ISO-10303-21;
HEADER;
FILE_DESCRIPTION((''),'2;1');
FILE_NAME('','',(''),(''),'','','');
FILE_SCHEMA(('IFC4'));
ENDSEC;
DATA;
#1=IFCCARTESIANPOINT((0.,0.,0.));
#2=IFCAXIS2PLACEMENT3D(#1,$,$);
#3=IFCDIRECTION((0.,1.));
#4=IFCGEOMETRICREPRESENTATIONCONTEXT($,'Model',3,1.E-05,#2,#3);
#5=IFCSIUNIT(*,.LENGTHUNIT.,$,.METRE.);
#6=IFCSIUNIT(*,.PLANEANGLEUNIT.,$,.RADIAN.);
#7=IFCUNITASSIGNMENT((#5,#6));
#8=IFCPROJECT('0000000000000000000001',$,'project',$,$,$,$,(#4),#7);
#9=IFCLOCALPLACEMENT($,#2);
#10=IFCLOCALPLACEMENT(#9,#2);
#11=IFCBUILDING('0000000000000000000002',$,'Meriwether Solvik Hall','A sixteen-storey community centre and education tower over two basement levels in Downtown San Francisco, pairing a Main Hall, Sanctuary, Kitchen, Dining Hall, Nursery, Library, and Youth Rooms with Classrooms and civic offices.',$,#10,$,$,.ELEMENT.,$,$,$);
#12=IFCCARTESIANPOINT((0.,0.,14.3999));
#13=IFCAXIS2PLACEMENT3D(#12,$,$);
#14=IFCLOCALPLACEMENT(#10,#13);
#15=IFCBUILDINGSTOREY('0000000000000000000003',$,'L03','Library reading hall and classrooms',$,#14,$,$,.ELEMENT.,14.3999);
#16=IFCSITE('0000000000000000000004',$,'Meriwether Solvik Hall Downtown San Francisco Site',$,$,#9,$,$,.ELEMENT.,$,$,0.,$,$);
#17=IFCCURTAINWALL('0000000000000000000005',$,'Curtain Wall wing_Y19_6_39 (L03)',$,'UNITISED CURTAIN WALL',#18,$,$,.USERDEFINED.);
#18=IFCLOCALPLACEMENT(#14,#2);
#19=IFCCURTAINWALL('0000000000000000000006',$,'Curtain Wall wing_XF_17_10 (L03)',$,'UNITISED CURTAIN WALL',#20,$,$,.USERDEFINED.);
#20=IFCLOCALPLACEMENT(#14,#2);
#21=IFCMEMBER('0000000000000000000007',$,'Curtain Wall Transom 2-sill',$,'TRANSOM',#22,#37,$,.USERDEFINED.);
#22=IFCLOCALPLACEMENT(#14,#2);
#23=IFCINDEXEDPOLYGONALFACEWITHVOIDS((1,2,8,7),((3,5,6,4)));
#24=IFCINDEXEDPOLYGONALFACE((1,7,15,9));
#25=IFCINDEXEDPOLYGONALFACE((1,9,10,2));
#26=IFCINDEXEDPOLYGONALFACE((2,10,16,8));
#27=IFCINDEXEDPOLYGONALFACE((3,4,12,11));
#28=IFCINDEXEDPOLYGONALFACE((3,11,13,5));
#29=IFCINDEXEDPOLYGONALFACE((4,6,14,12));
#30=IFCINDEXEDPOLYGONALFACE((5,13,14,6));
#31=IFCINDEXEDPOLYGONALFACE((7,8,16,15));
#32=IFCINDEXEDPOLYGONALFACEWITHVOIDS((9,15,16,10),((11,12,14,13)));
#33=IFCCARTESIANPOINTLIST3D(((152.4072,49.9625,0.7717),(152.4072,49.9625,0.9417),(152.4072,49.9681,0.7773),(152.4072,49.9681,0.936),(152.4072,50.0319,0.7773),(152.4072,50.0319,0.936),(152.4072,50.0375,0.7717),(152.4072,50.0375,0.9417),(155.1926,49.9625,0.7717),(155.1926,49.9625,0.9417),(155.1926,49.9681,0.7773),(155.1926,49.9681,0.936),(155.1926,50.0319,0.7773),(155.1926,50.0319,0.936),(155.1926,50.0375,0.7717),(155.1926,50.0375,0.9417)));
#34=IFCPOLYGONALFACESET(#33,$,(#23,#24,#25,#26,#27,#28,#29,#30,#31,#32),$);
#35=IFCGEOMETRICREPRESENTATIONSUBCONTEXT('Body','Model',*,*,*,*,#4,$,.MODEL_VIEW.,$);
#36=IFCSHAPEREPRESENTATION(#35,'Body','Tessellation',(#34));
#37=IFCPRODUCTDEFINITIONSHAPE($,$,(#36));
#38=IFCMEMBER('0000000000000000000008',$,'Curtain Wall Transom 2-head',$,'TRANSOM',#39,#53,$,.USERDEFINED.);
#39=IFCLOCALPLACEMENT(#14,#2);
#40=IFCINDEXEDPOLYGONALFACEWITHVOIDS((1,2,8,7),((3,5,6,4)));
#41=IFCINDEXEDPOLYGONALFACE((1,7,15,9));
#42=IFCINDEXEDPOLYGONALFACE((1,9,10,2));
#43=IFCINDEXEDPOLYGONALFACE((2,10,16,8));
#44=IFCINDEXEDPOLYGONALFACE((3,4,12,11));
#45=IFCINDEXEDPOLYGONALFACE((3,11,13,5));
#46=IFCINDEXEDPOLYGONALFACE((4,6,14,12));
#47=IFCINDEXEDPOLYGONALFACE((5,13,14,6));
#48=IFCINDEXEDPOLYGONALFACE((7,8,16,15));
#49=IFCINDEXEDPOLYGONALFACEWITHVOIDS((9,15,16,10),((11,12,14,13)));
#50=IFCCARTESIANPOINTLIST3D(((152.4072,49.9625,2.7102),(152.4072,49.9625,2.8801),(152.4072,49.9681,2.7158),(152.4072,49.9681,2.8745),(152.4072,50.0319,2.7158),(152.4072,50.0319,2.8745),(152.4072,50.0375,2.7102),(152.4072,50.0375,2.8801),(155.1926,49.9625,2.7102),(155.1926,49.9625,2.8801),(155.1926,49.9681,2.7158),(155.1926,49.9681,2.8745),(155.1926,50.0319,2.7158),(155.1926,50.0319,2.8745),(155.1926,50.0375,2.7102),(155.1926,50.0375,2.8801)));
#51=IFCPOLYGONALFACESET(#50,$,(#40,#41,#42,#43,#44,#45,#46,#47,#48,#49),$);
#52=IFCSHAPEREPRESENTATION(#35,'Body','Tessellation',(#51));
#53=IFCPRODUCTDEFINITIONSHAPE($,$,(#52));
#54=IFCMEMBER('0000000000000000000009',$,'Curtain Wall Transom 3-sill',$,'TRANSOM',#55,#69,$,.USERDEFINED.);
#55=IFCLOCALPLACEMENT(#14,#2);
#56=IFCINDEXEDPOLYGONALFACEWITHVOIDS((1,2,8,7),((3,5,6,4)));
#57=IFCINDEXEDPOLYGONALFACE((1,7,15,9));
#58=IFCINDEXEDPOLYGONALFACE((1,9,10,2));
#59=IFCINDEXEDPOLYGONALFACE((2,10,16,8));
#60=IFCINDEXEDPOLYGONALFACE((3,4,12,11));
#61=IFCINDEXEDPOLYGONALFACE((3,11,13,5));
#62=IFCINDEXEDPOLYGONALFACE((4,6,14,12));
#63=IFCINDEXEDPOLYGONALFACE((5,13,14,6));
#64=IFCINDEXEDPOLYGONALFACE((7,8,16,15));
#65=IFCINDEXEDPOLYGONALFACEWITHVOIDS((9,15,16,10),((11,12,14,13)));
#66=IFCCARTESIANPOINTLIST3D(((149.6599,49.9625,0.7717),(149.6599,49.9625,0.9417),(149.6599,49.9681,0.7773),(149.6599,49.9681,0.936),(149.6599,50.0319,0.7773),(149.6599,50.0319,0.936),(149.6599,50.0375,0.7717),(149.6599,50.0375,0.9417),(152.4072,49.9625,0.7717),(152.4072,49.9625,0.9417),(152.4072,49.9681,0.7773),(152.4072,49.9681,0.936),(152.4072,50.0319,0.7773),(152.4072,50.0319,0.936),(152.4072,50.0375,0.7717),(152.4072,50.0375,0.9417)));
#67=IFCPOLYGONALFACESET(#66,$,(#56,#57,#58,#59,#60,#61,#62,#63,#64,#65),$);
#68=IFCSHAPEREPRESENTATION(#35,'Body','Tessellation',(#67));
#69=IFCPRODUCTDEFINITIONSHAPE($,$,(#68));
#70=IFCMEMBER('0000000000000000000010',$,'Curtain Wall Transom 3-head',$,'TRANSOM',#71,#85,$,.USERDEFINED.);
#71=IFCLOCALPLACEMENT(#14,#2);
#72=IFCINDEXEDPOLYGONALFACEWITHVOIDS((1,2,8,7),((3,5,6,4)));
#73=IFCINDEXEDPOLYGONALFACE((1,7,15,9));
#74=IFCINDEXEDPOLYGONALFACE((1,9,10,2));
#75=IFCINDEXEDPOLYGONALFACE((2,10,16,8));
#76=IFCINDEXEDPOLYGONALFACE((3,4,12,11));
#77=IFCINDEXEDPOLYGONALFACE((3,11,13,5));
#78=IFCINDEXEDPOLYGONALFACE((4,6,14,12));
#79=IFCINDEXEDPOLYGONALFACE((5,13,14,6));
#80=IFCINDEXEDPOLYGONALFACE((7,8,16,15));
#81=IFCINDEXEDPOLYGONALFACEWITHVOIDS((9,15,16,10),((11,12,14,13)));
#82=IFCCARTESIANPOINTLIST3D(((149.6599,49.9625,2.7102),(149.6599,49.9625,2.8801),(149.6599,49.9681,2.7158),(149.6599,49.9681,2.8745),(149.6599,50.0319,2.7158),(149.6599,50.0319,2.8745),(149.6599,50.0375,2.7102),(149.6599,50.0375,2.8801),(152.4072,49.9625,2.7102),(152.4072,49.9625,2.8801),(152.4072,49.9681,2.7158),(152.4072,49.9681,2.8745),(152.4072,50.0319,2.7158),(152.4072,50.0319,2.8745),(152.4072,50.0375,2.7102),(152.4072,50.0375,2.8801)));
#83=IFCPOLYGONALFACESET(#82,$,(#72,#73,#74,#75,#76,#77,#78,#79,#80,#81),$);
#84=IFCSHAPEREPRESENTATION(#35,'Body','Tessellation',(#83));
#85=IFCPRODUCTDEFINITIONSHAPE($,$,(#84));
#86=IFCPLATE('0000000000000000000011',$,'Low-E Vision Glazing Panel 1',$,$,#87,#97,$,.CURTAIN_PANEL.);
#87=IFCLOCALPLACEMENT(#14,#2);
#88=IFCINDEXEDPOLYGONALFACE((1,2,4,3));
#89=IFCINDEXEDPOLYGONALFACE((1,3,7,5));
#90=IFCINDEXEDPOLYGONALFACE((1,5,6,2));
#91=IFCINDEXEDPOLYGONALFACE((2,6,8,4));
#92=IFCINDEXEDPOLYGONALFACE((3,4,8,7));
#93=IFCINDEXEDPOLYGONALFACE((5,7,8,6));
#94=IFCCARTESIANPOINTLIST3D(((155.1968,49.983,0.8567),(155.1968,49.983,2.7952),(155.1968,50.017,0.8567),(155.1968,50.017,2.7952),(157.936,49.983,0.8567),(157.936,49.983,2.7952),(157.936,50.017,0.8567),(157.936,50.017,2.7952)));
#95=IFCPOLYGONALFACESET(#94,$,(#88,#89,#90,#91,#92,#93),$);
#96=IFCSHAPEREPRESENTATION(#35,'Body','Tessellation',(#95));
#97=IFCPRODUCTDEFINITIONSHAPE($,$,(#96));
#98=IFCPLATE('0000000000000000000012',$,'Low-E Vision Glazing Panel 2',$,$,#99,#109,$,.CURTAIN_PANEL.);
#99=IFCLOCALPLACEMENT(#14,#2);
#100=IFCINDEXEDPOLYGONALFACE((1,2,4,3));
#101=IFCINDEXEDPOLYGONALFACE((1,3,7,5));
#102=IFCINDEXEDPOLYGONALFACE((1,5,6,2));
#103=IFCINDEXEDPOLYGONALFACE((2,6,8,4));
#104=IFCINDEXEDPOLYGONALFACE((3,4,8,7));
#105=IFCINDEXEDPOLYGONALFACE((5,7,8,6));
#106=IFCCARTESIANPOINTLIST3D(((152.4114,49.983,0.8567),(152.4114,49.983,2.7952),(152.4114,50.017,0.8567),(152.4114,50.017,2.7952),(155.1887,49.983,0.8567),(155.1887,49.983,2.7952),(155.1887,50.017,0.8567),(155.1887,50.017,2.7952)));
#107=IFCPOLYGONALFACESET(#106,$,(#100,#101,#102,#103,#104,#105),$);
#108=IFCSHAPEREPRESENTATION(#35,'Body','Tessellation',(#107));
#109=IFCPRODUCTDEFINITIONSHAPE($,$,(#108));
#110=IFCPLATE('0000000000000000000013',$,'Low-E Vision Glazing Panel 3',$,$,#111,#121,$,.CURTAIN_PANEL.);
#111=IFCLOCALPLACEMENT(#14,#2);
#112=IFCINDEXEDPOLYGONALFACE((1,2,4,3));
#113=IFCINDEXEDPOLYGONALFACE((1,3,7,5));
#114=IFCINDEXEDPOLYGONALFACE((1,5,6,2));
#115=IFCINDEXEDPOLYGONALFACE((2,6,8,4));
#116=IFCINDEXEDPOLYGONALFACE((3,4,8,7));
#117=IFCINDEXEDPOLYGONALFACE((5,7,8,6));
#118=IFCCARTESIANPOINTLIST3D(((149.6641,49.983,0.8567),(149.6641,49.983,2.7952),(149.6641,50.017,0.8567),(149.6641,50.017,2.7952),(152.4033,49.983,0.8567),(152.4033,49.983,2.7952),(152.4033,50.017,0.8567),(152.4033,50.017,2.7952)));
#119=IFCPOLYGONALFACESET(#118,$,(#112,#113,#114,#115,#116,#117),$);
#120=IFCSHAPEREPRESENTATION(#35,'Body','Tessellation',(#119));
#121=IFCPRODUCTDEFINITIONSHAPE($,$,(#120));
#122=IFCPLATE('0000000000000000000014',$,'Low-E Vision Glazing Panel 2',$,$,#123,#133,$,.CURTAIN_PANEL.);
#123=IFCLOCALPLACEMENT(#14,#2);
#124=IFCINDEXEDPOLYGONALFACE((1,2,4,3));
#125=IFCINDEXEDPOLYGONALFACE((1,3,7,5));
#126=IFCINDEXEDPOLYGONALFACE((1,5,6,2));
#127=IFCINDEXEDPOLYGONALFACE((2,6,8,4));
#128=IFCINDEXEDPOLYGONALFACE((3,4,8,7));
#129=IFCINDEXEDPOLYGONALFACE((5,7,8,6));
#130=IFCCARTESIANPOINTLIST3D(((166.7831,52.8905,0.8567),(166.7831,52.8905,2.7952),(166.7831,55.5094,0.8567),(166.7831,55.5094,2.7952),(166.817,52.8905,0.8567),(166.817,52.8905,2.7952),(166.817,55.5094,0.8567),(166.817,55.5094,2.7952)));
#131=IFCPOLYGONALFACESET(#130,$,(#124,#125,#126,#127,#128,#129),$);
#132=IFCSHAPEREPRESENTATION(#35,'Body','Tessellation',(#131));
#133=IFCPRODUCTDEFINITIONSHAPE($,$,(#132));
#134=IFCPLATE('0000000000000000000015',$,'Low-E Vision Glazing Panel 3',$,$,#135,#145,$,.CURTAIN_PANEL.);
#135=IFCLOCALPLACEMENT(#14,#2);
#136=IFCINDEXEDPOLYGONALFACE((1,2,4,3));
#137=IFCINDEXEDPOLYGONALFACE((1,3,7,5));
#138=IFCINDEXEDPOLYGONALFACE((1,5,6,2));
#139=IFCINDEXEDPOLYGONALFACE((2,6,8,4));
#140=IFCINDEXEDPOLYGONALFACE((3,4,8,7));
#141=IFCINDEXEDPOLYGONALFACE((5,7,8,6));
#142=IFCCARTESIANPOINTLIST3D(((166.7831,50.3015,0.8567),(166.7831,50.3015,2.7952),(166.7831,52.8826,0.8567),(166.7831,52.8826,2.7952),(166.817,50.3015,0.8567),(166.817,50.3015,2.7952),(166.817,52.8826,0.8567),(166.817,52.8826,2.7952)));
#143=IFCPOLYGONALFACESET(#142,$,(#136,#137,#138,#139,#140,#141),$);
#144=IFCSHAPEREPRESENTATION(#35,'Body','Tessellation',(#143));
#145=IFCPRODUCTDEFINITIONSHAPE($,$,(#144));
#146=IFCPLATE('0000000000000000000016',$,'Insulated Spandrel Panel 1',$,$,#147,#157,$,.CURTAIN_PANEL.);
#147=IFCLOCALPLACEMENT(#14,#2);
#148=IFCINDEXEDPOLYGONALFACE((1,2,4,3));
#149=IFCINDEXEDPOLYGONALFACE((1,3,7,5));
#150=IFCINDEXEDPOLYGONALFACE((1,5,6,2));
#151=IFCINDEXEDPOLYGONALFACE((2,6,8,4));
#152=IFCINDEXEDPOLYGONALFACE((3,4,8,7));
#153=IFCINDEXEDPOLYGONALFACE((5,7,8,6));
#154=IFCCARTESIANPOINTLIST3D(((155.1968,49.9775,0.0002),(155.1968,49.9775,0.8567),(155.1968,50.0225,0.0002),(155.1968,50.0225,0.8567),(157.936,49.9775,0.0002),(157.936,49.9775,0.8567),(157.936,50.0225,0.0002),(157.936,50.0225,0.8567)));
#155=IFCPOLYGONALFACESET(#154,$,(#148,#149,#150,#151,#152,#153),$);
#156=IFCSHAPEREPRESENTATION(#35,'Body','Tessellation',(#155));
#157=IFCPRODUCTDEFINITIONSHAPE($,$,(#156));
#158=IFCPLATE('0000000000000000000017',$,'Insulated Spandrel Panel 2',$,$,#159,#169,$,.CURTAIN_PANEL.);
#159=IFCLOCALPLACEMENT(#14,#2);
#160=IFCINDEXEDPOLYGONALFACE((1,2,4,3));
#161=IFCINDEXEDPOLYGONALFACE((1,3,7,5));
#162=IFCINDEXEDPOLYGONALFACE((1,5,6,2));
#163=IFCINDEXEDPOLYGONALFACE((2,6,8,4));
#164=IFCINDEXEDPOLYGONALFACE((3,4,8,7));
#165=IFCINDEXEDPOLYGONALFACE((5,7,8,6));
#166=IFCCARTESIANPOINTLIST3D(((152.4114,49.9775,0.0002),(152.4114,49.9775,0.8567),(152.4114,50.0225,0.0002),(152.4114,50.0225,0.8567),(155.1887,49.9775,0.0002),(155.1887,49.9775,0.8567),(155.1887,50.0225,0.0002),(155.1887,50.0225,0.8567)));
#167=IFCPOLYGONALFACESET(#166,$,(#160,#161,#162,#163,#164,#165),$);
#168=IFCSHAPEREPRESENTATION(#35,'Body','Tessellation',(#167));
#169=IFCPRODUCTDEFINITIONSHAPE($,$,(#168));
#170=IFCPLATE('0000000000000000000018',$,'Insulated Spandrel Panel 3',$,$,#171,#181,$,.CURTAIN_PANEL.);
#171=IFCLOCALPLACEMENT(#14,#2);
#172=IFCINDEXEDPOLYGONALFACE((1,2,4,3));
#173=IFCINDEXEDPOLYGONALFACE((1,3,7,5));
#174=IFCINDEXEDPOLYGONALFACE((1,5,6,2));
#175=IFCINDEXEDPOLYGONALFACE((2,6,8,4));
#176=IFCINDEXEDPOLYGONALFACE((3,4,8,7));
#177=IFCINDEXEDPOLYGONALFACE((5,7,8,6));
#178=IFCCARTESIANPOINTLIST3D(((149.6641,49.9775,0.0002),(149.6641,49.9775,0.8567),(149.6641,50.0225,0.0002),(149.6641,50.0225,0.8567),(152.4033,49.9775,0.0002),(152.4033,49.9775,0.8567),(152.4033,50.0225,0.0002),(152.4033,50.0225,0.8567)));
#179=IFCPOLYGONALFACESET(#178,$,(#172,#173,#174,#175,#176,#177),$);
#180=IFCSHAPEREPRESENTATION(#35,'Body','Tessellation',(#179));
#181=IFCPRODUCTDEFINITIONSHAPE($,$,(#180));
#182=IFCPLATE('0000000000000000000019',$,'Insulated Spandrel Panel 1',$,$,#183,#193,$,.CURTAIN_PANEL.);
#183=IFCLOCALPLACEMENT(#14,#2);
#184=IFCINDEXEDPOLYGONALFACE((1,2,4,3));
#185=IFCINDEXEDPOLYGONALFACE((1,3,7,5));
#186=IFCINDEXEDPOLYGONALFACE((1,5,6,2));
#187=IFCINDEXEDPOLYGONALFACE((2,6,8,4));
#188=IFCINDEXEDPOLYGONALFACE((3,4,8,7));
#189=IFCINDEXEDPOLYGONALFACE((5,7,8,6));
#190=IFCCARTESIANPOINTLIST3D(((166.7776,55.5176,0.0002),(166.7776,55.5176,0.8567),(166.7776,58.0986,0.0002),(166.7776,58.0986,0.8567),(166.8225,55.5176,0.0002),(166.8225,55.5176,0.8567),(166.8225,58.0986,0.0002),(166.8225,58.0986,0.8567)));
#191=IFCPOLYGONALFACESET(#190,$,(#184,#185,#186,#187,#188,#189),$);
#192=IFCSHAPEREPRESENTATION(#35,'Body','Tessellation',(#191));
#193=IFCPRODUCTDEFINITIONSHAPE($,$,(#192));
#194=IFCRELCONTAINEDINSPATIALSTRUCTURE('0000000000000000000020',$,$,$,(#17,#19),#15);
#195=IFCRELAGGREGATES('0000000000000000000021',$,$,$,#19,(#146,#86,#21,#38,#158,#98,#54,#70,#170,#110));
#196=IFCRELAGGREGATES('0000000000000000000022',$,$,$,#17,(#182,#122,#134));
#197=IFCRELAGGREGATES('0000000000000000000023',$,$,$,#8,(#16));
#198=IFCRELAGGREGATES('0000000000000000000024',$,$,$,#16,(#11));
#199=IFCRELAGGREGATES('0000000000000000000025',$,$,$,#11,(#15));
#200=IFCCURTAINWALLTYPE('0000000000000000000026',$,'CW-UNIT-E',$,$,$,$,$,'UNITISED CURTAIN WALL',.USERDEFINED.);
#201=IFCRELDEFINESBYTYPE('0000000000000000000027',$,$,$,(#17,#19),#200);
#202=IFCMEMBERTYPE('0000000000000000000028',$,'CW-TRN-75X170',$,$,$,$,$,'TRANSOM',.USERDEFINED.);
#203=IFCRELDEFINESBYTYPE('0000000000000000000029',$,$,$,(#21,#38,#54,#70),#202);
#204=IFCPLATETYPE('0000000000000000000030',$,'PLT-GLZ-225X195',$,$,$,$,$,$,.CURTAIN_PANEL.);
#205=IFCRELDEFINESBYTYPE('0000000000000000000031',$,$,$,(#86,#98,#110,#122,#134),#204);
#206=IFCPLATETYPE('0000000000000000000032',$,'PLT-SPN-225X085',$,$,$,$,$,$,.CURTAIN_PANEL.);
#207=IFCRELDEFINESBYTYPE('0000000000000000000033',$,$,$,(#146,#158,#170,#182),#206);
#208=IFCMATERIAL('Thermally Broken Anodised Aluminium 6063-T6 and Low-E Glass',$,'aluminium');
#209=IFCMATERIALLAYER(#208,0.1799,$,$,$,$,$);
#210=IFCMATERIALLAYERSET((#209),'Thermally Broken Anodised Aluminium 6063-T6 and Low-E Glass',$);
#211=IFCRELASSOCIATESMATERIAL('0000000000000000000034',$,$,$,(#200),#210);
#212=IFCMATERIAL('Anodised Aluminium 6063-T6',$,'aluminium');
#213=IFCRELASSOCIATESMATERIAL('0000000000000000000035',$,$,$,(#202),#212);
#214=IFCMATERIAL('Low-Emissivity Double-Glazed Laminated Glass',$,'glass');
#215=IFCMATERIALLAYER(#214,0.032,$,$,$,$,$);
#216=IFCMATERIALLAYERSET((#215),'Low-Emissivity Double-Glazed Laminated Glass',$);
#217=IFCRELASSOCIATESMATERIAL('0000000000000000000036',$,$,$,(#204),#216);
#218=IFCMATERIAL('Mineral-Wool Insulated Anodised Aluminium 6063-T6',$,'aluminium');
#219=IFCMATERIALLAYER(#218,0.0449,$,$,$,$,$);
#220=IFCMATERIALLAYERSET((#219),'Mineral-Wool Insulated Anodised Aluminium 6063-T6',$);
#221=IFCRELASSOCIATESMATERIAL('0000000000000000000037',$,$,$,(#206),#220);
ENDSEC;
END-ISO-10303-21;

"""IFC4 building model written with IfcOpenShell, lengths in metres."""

from ifc_helpers import new_model, si_unit, direction, frame, origin, origin_2d, place, context, subcontext, project, spatial, rectangle, hollow_rectangle, extrude, material, layer, layer_set, material_profile, profile_set, type_object, element, aggregate, save


model = new_model("IFC4")

# Units and contexts
model_context = context("Model", 3, precision=1e-05, world=origin(), true_north=direction((0.0, 1.0)))
body_context = subcontext(model_context, "Body", "Model", "MODEL_VIEW")
ifc_project = project(units=[si_unit("LENGTHUNIT", "METRE"), si_unit("PLANEANGLEUNIT", "RADIAN")], contexts=[model_context])

# Site, building, storey
site_placement = place(None, origin())
site = spatial("IfcSite", under=ifc_project, at=site_placement, Name="Meriwether Solvik Hall Downtown San Francisco Site", CompositionType="ELEMENT", RefElevation=0.0)
building_placement = place(site_placement, origin())
building = spatial("IfcBuilding", under=site, at=building_placement, Name="Meriwether Solvik Hall", Description="A sixteen-storey community centre and education tower over two basement levels in Downtown San Francisco, pairing a Main Hall, Sanctuary, Kitchen, Dining Hall, Nursery, Library, and Youth Rooms with Classrooms and civic offices.", CompositionType="ELEMENT")
storey_placement = place(building_placement, frame((0.0, 0.0, 14.3999)))
storey = spatial("IfcBuildingStorey", under=building, at=storey_placement, Name="L03", Description="Library reading hall and classrooms", CompositionType="ELEMENT", Elevation=14.3999)

# Curtain walls
ifc_material_1 = material(Name="Thermally Broken Anodised Aluminium 6063-T6 and Low-E Glass", Category="aluminium")
ifc_layer_1 = layer(ifc_material_1, 0.1799)
ifc_layer_set_1 = layer_set([ifc_layer_1], Name="Thermally Broken Anodised Aluminium 6063-T6 and Low-E Glass")
curtain_wall_type = type_object("IfcCurtainWallType", Name="CW-UNIT-E", ElementType="UNITISED CURTAIN WALL", PredefinedType="USERDEFINED", material=ifc_layer_set_1)
curtain_wall_1_placement = place(storey_placement, origin())
curtain_wall_1 = element("IfcCurtainWall", 1, at=curtain_wall_1_placement, inside=storey, type_object=curtain_wall_type, Name="Curtain Wall wing_Y19_6_39 (L03)", ObjectType="UNITISED CURTAIN WALL", PredefinedType="USERDEFINED")
curtain_wall_2_placement = place(storey_placement, origin())
curtain_wall_2 = element("IfcCurtainWall", 2, at=curtain_wall_2_placement, inside=storey, type_object=curtain_wall_type, Name="Curtain Wall wing_XF_17_10 (L03)", ObjectType="UNITISED CURTAIN WALL", PredefinedType="USERDEFINED")

# Members
ifc_material_2 = material(Name="Anodised Aluminium 6063-T6", Category="aluminium")
ifc_material_profile_1 = material_profile(ifc_material_2, hollow_rectangle(XDim=0.075, YDim=0.1699, WallThickness=0.0056, at=origin_2d()), Name="CWT-75X170")
ifc_profile_set_1 = profile_set([ifc_material_profile_1], Name="Anodised Aluminium 6063-T6")
member_type_1 = type_object("IfcMemberType", Name="CW-TRN-75X170", ElementType="TRANSOM", PredefinedType="USERDEFINED", material=ifc_profile_set_1)
member_1_placement = place(storey_placement, frame((155.1926, 50.0, 0.8567), z_axis=(-1.0, 0.0, 0.0), x_axis=(0.0, -1.0, 0.0)))
member_1 = element("IfcMember", 3, at=member_1_placement, type_object=member_type_1, Name="Curtain Wall Transom 2-sill", ObjectType="TRANSOM", PredefinedType="USERDEFINED", context=body_context, shape_type="SweptSolid", body=[
    extrude(hollow_rectangle(XDim=0.075, YDim=0.1699, WallThickness=0.0056, at=origin_2d()), origin(), (0.0, 0.0, 1.0), 2.7854),
])
member_2_placement = place(storey_placement, frame((155.1926, 50.0, 2.7952), z_axis=(-1.0, 0.0, 0.0), x_axis=(0.0, -1.0, 0.0)))
member_2 = element("IfcMember", 4, at=member_2_placement, type_object=member_type_1, Name="Curtain Wall Transom 2-head", ObjectType="TRANSOM", PredefinedType="USERDEFINED", context=body_context, shape_type="SweptSolid", body=[
    extrude(hollow_rectangle(XDim=0.075, YDim=0.1699, WallThickness=0.0056, at=origin_2d()), origin(), (0.0, 0.0, 1.0), 2.7854),
])
member_3_placement = place(storey_placement, frame((152.4072, 50.0, 0.8567), z_axis=(-1.0, 0.0, 0.0), x_axis=(0.0, -1.0, 0.0)))
member_3 = element("IfcMember", 5, at=member_3_placement, type_object=member_type_1, Name="Curtain Wall Transom 3-sill", ObjectType="TRANSOM", PredefinedType="USERDEFINED", context=body_context, shape_type="SweptSolid", body=[
    extrude(hollow_rectangle(XDim=0.075, YDim=0.1699, WallThickness=0.0056, at=origin_2d()), origin(), (0.0, 0.0, 1.0), 2.7473),
])
member_4_placement = place(storey_placement, frame((152.4072, 50.0, 2.7952), z_axis=(-1.0, 0.0, 0.0), x_axis=(0.0, -1.0, 0.0)))
member_4 = element("IfcMember", 6, at=member_4_placement, type_object=member_type_1, Name="Curtain Wall Transom 3-head", ObjectType="TRANSOM", PredefinedType="USERDEFINED", context=body_context, shape_type="SweptSolid", body=[
    extrude(hollow_rectangle(XDim=0.075, YDim=0.1699, WallThickness=0.0056, at=origin_2d()), origin(), (0.0, 0.0, 1.0), 2.7473),
])

# Plates
ifc_material_3 = material(Name="Low-Emissivity Double-Glazed Laminated Glass", Category="glass")
ifc_layer_2 = layer(ifc_material_3, 0.032)
ifc_layer_set_2 = layer_set([ifc_layer_2], Name="Low-Emissivity Double-Glazed Laminated Glass")
plate_type_1 = type_object("IfcPlateType", Name="PLT-GLZ-225X195", PredefinedType="CURTAIN_PANEL", material=ifc_layer_set_2)
plate_1_placement = place(storey_placement, frame((156.5664, 50.0, 0.8567), z_axis=(0.0, 0.0, 1.0), x_axis=(-1.0, 0.0, 0.0)))
plate_1 = element("IfcPlate", 7, at=plate_1_placement, type_object=plate_type_1, Name="Low-E Vision Glazing Panel 1", PredefinedType="CURTAIN_PANEL", context=body_context, shape_type="SweptSolid", body=[
    extrude(rectangle(XDim=2.7393, YDim=0.0339, at=origin_2d()), origin(), (0.0, 0.0, 1.0), 1.9385),
])
plate_2_placement = place(storey_placement, frame((153.8, 50.0, 0.8567), z_axis=(0.0, 0.0, 1.0), x_axis=(-1.0, 0.0, 0.0)))
plate_2 = element("IfcPlate", 8, at=plate_2_placement, type_object=plate_type_1, Name="Low-E Vision Glazing Panel 2", PredefinedType="CURTAIN_PANEL", context=body_context, shape_type="SweptSolid", body=[
    extrude(rectangle(XDim=2.7773, YDim=0.0339, at=origin_2d()), origin(), (0.0, 0.0, 1.0), 1.9385),
])
plate_3_placement = place(storey_placement, frame((151.0337, 50.0, 0.8567), z_axis=(0.0, 0.0, 1.0), x_axis=(-1.0, 0.0, 0.0)))
plate_3 = element("IfcPlate", 9, at=plate_3_placement, type_object=plate_type_1, Name="Low-E Vision Glazing Panel 3", PredefinedType="CURTAIN_PANEL", context=body_context, shape_type="SweptSolid", body=[
    extrude(rectangle(XDim=2.7393, YDim=0.0339, at=origin_2d()), origin(), (0.0, 0.0, 1.0), 1.9385),
])
plate_4_placement = place(storey_placement, frame((166.8, 54.2, 0.8567), z_axis=(0.0, 0.0, 1.0), x_axis=(0.0, -1.0, 0.0)))
plate_4 = element("IfcPlate", 10, at=plate_4_placement, type_object=plate_type_1, Name="Low-E Vision Glazing Panel 2", PredefinedType="CURTAIN_PANEL", context=body_context, shape_type="SweptSolid", body=[
    extrude(rectangle(XDim=2.6189, YDim=0.0339, at=origin_2d()), origin(), (0.0, 0.0, 1.0), 1.9385),
])
plate_5_placement = place(storey_placement, frame((166.8, 51.592, 0.8567), z_axis=(0.0, 0.0, 1.0), x_axis=(0.0, -1.0, 0.0)))
plate_5 = element("IfcPlate", 11, at=plate_5_placement, type_object=plate_type_1, Name="Low-E Vision Glazing Panel 3", PredefinedType="CURTAIN_PANEL", context=body_context, shape_type="SweptSolid", body=[
    extrude(rectangle(XDim=2.5811, YDim=0.0339, at=origin_2d()), origin(), (0.0, 0.0, 1.0), 1.9385),
])
ifc_material_4 = material(Name="Mineral-Wool Insulated Anodised Aluminium 6063-T6", Category="aluminium")
ifc_layer_3 = layer(ifc_material_4, 0.0449)
ifc_layer_set_3 = layer_set([ifc_layer_3], Name="Mineral-Wool Insulated Anodised Aluminium 6063-T6")
plate_type_2 = type_object("IfcPlateType", Name="PLT-SPN-225X085", PredefinedType="CURTAIN_PANEL", material=ifc_layer_set_3)
plate_6_placement = place(storey_placement, frame((156.5664, 50.0, 0.0002), z_axis=(0.0, 0.0, 1.0), x_axis=(-1.0, 0.0, 0.0)))
plate_6 = element("IfcPlate", 12, at=plate_6_placement, type_object=plate_type_2, Name="Insulated Spandrel Panel 1", PredefinedType="CURTAIN_PANEL", context=body_context, shape_type="SweptSolid", body=[
    extrude(rectangle(XDim=2.7393, YDim=0.0449, at=origin_2d()), origin(), (0.0, 0.0, 1.0), 0.8564),
])
plate_7_placement = place(storey_placement, frame((153.8, 50.0, 0.0002), z_axis=(0.0, 0.0, 1.0), x_axis=(-1.0, 0.0, 0.0)))
plate_7 = element("IfcPlate", 13, at=plate_7_placement, type_object=plate_type_2, Name="Insulated Spandrel Panel 2", PredefinedType="CURTAIN_PANEL", context=body_context, shape_type="SweptSolid", body=[
    extrude(rectangle(XDim=2.7773, YDim=0.0449, at=origin_2d()), origin(), (0.0, 0.0, 1.0), 0.8564),
])
plate_8_placement = place(storey_placement, frame((151.0337, 50.0, 0.0002), z_axis=(0.0, 0.0, 1.0), x_axis=(-1.0, 0.0, 0.0)))
plate_8 = element("IfcPlate", 14, at=plate_8_placement, type_object=plate_type_2, Name="Insulated Spandrel Panel 3", PredefinedType="CURTAIN_PANEL", context=body_context, shape_type="SweptSolid", body=[
    extrude(rectangle(XDim=2.7393, YDim=0.0449, at=origin_2d()), origin(), (0.0, 0.0, 1.0), 0.8564),
])
aggregate(curtain_wall_2, [plate_6, plate_1, member_1, member_2, plate_7, plate_2, member_3, member_4, plate_8, plate_3])
plate_9_placement = place(storey_placement, frame((166.8, 56.8081, 0.0002), z_axis=(0.0, 0.0, 1.0), x_axis=(0.0, -1.0, 0.0)))
plate_9 = element("IfcPlate", 15, at=plate_9_placement, type_object=plate_type_2, Name="Insulated Spandrel Panel 1", PredefinedType="CURTAIN_PANEL", context=body_context, shape_type="SweptSolid", body=[
    extrude(rectangle(XDim=2.5811, YDim=0.0449, at=origin_2d()), origin(), (0.0, 0.0, 1.0), 0.8564),
])
aggregate(curtain_wall_1, [plate_9, plate_4, plate_5])

save(model, "model.ifc")
